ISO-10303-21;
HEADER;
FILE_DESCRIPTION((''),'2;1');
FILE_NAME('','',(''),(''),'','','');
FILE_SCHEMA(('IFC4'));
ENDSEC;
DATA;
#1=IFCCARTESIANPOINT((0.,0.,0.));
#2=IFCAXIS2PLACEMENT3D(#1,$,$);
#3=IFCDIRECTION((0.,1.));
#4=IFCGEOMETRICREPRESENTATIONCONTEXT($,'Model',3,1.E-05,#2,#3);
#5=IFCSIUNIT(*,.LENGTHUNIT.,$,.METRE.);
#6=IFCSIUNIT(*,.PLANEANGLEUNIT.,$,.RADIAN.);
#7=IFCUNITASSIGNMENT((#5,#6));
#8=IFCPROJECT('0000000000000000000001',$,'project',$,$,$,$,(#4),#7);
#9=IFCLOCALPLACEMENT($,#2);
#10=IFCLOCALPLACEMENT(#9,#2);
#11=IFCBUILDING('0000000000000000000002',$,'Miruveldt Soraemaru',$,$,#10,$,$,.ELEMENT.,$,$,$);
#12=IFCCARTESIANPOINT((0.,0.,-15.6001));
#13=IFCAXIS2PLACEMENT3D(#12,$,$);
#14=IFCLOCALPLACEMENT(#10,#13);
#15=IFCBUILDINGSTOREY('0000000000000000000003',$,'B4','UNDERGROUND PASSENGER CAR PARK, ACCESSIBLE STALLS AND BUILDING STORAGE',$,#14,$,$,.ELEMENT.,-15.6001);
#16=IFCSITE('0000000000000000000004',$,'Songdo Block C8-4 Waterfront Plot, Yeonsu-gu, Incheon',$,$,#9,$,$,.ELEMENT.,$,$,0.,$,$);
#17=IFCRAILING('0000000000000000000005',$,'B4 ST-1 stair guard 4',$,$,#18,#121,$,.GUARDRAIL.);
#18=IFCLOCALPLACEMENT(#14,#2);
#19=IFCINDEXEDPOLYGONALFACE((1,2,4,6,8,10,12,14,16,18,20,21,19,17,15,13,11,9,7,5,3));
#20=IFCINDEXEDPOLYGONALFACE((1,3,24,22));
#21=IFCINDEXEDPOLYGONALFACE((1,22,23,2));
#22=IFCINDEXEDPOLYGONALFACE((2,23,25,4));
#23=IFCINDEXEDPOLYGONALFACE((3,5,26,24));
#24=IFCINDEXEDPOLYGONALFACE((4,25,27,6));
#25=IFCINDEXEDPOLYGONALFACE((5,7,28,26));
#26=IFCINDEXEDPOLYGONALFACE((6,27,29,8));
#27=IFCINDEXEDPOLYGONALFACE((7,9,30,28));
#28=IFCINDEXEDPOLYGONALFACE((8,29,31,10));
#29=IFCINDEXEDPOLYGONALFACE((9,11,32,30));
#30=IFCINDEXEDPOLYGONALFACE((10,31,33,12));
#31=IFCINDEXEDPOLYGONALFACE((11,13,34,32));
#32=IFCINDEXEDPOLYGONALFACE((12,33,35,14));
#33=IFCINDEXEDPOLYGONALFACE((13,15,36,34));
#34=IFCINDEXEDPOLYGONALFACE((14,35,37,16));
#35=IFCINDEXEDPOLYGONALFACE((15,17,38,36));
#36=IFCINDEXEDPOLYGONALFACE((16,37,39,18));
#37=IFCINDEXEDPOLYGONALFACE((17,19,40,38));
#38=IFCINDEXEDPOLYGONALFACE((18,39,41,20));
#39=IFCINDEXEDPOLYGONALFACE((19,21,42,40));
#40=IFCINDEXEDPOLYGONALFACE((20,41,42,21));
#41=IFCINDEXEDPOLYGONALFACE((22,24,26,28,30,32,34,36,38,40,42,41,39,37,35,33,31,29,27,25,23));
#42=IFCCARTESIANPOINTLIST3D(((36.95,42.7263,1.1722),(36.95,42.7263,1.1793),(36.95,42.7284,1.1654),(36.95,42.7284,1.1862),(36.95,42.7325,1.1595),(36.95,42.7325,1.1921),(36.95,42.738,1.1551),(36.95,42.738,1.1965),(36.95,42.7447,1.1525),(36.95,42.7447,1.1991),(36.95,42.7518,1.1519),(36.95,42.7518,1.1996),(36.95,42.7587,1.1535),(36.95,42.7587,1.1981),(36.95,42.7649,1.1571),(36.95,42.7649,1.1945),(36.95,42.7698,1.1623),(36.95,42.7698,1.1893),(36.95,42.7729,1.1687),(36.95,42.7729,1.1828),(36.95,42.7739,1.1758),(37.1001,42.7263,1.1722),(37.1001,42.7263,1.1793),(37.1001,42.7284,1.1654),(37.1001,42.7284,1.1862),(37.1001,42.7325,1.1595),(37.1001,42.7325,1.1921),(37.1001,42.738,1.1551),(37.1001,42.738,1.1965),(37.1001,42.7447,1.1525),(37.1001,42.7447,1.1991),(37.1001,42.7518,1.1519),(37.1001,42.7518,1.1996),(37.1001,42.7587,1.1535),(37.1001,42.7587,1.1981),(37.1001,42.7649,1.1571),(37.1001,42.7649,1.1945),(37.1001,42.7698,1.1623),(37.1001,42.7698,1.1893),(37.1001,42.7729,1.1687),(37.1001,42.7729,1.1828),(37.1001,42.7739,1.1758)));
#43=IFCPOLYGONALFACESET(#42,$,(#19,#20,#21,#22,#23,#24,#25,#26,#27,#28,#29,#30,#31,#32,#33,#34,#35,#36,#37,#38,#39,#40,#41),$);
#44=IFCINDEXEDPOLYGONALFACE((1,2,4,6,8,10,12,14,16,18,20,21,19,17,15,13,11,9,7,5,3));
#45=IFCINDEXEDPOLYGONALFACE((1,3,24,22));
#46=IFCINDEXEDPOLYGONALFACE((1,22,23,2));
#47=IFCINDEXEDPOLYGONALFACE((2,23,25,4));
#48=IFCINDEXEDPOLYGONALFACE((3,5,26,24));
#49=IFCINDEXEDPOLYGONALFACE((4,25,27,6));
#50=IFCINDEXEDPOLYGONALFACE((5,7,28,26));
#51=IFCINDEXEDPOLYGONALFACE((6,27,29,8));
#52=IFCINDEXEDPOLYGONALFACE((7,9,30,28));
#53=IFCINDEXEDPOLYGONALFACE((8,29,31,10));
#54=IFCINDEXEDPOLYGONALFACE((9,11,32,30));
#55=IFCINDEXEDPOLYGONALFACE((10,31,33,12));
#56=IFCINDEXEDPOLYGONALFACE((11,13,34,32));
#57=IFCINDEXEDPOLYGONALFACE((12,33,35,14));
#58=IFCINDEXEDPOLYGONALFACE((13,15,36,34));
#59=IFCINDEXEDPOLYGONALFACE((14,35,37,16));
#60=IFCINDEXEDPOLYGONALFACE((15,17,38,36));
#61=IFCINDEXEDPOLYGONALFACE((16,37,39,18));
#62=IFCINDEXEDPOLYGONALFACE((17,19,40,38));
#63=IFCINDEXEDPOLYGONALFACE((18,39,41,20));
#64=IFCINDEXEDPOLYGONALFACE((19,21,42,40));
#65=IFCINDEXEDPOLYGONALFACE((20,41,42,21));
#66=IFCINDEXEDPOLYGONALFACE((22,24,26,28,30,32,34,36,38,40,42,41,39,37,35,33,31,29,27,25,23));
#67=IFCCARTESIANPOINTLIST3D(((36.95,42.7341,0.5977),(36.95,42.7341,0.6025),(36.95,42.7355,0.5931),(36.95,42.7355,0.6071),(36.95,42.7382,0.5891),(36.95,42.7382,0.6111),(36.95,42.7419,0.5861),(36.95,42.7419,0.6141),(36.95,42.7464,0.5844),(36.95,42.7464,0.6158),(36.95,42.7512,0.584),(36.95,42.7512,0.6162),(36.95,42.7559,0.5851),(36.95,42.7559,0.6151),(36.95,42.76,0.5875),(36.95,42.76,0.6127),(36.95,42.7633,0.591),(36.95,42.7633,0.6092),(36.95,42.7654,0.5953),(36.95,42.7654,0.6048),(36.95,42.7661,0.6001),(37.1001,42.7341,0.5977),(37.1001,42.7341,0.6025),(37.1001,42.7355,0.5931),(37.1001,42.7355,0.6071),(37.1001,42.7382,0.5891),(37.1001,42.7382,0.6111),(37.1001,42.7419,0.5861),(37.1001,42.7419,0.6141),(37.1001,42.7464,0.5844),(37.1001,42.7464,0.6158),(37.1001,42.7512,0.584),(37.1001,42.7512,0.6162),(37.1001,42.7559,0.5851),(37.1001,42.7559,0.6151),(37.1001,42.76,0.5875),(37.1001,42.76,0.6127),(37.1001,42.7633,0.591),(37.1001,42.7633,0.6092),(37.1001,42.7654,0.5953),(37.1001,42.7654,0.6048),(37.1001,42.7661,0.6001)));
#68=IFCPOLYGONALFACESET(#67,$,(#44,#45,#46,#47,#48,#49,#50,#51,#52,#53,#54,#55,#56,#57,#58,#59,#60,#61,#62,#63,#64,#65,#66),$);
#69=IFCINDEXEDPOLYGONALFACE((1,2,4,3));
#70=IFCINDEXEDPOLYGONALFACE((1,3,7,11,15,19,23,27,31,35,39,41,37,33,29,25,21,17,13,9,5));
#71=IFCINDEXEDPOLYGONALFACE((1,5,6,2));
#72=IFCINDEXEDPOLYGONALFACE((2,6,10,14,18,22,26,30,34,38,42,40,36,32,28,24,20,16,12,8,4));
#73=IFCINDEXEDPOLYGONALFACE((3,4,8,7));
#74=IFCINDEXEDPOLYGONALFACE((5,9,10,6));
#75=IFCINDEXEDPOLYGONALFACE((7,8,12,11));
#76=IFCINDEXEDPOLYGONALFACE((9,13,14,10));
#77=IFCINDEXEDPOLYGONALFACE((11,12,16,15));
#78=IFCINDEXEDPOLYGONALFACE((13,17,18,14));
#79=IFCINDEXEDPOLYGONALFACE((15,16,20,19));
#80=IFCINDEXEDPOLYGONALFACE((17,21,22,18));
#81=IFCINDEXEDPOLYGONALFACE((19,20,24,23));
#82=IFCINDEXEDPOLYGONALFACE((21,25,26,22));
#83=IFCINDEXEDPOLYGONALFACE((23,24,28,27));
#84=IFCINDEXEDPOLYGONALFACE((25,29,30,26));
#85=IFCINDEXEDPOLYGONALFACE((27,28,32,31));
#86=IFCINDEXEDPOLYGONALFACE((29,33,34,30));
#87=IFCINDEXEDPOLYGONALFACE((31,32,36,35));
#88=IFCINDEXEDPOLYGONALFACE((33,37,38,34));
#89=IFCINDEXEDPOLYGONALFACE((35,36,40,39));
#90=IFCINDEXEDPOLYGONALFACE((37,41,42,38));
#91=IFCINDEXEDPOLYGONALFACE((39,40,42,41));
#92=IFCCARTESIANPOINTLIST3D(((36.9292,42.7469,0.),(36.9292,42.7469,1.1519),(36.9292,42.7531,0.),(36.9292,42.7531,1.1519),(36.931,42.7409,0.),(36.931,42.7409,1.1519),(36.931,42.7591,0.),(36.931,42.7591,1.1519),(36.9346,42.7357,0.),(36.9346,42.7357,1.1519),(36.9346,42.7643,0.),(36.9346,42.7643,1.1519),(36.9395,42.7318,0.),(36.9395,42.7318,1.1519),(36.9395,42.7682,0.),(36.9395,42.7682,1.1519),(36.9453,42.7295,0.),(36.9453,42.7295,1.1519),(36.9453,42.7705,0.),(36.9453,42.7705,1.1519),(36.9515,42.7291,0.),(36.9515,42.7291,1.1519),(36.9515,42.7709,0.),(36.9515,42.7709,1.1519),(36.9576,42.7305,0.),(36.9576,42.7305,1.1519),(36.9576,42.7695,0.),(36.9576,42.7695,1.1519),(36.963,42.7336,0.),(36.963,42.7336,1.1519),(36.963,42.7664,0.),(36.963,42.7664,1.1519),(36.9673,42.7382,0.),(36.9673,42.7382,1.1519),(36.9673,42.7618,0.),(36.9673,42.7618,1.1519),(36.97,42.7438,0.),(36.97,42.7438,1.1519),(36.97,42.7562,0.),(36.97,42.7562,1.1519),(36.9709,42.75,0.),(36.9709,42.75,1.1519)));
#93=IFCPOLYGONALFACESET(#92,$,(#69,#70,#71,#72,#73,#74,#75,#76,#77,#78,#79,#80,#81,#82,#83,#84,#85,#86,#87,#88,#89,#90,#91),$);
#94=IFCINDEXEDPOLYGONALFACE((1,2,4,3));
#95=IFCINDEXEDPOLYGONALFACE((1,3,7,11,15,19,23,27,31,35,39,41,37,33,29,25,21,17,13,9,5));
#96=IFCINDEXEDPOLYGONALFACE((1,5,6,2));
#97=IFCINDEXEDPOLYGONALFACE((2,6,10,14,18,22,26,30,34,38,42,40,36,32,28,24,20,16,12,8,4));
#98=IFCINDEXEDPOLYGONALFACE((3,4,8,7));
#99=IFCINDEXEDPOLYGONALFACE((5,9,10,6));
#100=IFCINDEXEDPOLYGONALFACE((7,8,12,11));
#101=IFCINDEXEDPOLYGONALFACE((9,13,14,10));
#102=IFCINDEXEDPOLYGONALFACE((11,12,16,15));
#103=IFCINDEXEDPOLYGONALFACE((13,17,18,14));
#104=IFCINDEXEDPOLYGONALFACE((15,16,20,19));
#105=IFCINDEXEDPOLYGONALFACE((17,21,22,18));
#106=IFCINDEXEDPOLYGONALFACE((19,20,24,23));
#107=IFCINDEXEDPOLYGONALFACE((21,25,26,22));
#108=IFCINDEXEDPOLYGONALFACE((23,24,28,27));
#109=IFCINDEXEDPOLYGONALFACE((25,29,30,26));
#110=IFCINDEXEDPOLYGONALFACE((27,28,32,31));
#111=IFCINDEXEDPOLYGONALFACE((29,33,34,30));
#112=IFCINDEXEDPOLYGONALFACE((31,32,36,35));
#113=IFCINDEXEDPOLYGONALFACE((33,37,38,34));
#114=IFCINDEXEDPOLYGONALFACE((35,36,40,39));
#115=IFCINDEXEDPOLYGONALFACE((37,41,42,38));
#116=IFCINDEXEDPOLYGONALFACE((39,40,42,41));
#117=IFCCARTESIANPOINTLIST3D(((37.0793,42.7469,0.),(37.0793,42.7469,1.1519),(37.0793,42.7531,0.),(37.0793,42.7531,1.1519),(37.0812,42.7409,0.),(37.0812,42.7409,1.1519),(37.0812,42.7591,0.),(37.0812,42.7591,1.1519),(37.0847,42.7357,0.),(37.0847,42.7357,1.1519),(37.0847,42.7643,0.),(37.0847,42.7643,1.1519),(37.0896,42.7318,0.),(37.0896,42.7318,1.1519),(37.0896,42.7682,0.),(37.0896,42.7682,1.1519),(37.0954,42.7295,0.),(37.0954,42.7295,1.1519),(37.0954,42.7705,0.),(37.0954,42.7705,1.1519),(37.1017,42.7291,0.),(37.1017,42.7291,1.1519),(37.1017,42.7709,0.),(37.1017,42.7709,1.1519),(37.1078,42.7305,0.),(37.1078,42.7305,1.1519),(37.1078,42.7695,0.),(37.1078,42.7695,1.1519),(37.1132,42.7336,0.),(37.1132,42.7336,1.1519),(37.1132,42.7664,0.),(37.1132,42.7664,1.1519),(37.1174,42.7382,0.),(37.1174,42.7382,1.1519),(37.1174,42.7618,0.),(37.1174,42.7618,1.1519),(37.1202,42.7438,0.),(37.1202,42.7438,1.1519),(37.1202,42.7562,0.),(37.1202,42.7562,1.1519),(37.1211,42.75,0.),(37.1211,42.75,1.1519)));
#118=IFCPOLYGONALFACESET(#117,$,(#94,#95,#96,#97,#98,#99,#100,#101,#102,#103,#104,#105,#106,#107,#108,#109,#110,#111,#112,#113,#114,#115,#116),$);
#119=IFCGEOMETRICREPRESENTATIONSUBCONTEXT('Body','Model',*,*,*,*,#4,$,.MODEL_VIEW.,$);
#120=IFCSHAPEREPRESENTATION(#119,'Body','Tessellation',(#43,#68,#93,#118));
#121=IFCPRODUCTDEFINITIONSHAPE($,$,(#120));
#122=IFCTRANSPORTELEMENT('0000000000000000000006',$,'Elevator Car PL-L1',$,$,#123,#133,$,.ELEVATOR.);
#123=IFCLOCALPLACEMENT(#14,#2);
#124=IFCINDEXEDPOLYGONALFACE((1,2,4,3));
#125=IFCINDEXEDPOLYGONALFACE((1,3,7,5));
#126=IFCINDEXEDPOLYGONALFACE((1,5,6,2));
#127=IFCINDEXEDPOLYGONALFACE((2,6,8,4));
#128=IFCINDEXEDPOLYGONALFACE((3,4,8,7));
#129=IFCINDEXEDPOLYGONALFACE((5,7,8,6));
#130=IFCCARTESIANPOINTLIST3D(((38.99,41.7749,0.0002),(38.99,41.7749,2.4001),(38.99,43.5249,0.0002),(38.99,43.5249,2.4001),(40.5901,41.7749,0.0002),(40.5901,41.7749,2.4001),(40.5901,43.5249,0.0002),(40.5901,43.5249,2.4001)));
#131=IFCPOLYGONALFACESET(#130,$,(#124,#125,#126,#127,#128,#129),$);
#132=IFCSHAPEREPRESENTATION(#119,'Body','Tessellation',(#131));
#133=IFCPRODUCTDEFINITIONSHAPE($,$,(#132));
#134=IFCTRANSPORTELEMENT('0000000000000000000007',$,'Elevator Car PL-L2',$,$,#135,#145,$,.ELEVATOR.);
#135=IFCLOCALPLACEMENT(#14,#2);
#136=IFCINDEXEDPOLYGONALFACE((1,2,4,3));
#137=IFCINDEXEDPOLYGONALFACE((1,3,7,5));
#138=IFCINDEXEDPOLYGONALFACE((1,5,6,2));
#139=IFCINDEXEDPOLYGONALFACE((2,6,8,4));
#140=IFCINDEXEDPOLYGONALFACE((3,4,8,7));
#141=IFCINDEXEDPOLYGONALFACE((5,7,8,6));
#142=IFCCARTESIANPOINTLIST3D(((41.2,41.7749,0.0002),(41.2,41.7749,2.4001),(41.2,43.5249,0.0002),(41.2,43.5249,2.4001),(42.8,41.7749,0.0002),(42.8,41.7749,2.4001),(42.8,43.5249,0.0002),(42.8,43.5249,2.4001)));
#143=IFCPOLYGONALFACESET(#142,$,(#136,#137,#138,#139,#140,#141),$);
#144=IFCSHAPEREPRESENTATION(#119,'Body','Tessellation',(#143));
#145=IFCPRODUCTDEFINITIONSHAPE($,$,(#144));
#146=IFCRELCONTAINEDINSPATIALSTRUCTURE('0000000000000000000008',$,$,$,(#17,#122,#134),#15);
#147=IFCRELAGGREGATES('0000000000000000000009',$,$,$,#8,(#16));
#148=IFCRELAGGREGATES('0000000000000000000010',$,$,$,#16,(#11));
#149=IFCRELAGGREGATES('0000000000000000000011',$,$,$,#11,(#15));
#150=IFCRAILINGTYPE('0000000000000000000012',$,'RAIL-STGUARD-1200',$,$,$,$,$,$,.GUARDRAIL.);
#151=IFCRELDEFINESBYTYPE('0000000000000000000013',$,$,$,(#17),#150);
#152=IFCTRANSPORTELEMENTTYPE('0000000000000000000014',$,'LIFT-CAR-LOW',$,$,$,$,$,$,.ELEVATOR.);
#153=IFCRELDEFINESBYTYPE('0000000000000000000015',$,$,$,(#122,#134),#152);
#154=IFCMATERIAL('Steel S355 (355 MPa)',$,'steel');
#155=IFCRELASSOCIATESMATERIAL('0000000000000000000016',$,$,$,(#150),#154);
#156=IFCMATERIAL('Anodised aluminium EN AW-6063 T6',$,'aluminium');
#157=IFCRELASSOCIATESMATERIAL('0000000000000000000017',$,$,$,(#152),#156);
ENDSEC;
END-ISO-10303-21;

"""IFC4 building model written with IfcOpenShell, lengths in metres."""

from ifc_helpers import new_model, si_unit, direction, frame, origin, origin_2d, place, context, subcontext, project, spatial, rectangle, circle, extrude, material, type_object, element, save


model = new_model("IFC4")

# Units and contexts
model_context = context("Model", 3, precision=1e-05, world=origin(), true_north=direction((0.0, 1.0)))
body_context = subcontext(model_context, "Body", "Model", "MODEL_VIEW")
ifc_project = project(units=[si_unit("LENGTHUNIT", "METRE"), si_unit("PLANEANGLEUNIT", "RADIAN")], contexts=[model_context])

# Site, building, storey
site_placement = place(None, origin())
site = spatial("IfcSite", under=ifc_project, at=site_placement, Name="Songdo Block C8-4 Waterfront Plot, Yeonsu-gu, Incheon", CompositionType="ELEMENT", RefElevation=0.0)
building_placement = place(site_placement, origin())
building = spatial("IfcBuilding", under=site, at=building_placement, Name="Miruveldt Soraemaru", CompositionType="ELEMENT")
storey_placement = place(building_placement, frame((0.0, 0.0, -15.6001)))
storey = spatial("IfcBuildingStorey", under=building, at=storey_placement, Name="B4", Description="UNDERGROUND PASSENGER CAR PARK, ACCESSIBLE STALLS AND BUILDING STORAGE", CompositionType="ELEMENT", Elevation=-15.6001)

# Shared definitions
ifc_material_1 = material(Name="Anodised aluminium EN AW-6063 T6", Category="aluminium")

# Railing
ifc_material_2 = material(Name="Steel S355 (355 MPa)", Category="steel")
railing_type_1 = type_object("IfcRailingType", Name="RAIL-STGUARD-1200", PredefinedType="GUARDRAIL", material=ifc_material_2)
railing_1_placement = place(storey_placement, frame((36.95, 42.75, 0.0)))
element("IfcRailing", 1, at=railing_1_placement, inside=storey, type_object=railing_type_1, Name="B4 ST-1 stair guard 4", PredefinedType="GUARDRAIL", context=body_context, shape_type="SweptSolid", body=[
    extrude(circle(Radius=0.0239, at=origin_2d()), frame((0.0, 0.0, 1.1758), z_axis=(1.0, 0.0, 0.0), x_axis=(0.0, 1.0, 0.0)), (0.0, 0.0, 1.0), 0.1501),
    extrude(circle(Radius=0.0161, at=origin_2d()), frame((0.0, 0.0, 0.6001), z_axis=(1.0, 0.0, 0.0), x_axis=(0.0, 1.0, 0.0)), (0.0, 0.0, 1.0), 0.1501),
    extrude(circle(Radius=0.021, at=origin_2d()), origin(), (0.0, 0.0, 1.0), 1.1519),
    extrude(circle(Radius=0.021, at=origin_2d()), frame((0.1501, 0.0, 0.0)), (0.0, 0.0, 1.0), 1.1519),
])

# Transport elements
transport_element_type = type_object("IfcTransportElementType", Name="LIFT-CAR-LOW", PredefinedType="ELEVATOR", material=ifc_material_1)
for number, where, z_axis, x_axis, name in (
    (2, (39.79, 42.6499, 0.0002), (0.0, 0.0, 1.0), (1.0, 0.0, 0.0), "Elevator Car PL-L1"),
    (3, (42.0, 42.6499, 0.0002), (0.0, 0.0, 1.0), (1.0, 0.0, 0.0), "Elevator Car PL-L2"),
):
    element("IfcTransportElement", number, at=place(storey_placement, frame(where, z_axis=z_axis, x_axis=x_axis)), inside=storey, type_object=transport_element_type, Name=name, PredefinedType="ELEVATOR", context=body_context, shape_type="SweptSolid", body=[
        extrude(rectangle(XDim=1.6001, YDim=1.75, at=origin_2d()), origin(), (0.0, 0.0, 1.0), 2.3999),
    ])

save(model, "model.ifc")
